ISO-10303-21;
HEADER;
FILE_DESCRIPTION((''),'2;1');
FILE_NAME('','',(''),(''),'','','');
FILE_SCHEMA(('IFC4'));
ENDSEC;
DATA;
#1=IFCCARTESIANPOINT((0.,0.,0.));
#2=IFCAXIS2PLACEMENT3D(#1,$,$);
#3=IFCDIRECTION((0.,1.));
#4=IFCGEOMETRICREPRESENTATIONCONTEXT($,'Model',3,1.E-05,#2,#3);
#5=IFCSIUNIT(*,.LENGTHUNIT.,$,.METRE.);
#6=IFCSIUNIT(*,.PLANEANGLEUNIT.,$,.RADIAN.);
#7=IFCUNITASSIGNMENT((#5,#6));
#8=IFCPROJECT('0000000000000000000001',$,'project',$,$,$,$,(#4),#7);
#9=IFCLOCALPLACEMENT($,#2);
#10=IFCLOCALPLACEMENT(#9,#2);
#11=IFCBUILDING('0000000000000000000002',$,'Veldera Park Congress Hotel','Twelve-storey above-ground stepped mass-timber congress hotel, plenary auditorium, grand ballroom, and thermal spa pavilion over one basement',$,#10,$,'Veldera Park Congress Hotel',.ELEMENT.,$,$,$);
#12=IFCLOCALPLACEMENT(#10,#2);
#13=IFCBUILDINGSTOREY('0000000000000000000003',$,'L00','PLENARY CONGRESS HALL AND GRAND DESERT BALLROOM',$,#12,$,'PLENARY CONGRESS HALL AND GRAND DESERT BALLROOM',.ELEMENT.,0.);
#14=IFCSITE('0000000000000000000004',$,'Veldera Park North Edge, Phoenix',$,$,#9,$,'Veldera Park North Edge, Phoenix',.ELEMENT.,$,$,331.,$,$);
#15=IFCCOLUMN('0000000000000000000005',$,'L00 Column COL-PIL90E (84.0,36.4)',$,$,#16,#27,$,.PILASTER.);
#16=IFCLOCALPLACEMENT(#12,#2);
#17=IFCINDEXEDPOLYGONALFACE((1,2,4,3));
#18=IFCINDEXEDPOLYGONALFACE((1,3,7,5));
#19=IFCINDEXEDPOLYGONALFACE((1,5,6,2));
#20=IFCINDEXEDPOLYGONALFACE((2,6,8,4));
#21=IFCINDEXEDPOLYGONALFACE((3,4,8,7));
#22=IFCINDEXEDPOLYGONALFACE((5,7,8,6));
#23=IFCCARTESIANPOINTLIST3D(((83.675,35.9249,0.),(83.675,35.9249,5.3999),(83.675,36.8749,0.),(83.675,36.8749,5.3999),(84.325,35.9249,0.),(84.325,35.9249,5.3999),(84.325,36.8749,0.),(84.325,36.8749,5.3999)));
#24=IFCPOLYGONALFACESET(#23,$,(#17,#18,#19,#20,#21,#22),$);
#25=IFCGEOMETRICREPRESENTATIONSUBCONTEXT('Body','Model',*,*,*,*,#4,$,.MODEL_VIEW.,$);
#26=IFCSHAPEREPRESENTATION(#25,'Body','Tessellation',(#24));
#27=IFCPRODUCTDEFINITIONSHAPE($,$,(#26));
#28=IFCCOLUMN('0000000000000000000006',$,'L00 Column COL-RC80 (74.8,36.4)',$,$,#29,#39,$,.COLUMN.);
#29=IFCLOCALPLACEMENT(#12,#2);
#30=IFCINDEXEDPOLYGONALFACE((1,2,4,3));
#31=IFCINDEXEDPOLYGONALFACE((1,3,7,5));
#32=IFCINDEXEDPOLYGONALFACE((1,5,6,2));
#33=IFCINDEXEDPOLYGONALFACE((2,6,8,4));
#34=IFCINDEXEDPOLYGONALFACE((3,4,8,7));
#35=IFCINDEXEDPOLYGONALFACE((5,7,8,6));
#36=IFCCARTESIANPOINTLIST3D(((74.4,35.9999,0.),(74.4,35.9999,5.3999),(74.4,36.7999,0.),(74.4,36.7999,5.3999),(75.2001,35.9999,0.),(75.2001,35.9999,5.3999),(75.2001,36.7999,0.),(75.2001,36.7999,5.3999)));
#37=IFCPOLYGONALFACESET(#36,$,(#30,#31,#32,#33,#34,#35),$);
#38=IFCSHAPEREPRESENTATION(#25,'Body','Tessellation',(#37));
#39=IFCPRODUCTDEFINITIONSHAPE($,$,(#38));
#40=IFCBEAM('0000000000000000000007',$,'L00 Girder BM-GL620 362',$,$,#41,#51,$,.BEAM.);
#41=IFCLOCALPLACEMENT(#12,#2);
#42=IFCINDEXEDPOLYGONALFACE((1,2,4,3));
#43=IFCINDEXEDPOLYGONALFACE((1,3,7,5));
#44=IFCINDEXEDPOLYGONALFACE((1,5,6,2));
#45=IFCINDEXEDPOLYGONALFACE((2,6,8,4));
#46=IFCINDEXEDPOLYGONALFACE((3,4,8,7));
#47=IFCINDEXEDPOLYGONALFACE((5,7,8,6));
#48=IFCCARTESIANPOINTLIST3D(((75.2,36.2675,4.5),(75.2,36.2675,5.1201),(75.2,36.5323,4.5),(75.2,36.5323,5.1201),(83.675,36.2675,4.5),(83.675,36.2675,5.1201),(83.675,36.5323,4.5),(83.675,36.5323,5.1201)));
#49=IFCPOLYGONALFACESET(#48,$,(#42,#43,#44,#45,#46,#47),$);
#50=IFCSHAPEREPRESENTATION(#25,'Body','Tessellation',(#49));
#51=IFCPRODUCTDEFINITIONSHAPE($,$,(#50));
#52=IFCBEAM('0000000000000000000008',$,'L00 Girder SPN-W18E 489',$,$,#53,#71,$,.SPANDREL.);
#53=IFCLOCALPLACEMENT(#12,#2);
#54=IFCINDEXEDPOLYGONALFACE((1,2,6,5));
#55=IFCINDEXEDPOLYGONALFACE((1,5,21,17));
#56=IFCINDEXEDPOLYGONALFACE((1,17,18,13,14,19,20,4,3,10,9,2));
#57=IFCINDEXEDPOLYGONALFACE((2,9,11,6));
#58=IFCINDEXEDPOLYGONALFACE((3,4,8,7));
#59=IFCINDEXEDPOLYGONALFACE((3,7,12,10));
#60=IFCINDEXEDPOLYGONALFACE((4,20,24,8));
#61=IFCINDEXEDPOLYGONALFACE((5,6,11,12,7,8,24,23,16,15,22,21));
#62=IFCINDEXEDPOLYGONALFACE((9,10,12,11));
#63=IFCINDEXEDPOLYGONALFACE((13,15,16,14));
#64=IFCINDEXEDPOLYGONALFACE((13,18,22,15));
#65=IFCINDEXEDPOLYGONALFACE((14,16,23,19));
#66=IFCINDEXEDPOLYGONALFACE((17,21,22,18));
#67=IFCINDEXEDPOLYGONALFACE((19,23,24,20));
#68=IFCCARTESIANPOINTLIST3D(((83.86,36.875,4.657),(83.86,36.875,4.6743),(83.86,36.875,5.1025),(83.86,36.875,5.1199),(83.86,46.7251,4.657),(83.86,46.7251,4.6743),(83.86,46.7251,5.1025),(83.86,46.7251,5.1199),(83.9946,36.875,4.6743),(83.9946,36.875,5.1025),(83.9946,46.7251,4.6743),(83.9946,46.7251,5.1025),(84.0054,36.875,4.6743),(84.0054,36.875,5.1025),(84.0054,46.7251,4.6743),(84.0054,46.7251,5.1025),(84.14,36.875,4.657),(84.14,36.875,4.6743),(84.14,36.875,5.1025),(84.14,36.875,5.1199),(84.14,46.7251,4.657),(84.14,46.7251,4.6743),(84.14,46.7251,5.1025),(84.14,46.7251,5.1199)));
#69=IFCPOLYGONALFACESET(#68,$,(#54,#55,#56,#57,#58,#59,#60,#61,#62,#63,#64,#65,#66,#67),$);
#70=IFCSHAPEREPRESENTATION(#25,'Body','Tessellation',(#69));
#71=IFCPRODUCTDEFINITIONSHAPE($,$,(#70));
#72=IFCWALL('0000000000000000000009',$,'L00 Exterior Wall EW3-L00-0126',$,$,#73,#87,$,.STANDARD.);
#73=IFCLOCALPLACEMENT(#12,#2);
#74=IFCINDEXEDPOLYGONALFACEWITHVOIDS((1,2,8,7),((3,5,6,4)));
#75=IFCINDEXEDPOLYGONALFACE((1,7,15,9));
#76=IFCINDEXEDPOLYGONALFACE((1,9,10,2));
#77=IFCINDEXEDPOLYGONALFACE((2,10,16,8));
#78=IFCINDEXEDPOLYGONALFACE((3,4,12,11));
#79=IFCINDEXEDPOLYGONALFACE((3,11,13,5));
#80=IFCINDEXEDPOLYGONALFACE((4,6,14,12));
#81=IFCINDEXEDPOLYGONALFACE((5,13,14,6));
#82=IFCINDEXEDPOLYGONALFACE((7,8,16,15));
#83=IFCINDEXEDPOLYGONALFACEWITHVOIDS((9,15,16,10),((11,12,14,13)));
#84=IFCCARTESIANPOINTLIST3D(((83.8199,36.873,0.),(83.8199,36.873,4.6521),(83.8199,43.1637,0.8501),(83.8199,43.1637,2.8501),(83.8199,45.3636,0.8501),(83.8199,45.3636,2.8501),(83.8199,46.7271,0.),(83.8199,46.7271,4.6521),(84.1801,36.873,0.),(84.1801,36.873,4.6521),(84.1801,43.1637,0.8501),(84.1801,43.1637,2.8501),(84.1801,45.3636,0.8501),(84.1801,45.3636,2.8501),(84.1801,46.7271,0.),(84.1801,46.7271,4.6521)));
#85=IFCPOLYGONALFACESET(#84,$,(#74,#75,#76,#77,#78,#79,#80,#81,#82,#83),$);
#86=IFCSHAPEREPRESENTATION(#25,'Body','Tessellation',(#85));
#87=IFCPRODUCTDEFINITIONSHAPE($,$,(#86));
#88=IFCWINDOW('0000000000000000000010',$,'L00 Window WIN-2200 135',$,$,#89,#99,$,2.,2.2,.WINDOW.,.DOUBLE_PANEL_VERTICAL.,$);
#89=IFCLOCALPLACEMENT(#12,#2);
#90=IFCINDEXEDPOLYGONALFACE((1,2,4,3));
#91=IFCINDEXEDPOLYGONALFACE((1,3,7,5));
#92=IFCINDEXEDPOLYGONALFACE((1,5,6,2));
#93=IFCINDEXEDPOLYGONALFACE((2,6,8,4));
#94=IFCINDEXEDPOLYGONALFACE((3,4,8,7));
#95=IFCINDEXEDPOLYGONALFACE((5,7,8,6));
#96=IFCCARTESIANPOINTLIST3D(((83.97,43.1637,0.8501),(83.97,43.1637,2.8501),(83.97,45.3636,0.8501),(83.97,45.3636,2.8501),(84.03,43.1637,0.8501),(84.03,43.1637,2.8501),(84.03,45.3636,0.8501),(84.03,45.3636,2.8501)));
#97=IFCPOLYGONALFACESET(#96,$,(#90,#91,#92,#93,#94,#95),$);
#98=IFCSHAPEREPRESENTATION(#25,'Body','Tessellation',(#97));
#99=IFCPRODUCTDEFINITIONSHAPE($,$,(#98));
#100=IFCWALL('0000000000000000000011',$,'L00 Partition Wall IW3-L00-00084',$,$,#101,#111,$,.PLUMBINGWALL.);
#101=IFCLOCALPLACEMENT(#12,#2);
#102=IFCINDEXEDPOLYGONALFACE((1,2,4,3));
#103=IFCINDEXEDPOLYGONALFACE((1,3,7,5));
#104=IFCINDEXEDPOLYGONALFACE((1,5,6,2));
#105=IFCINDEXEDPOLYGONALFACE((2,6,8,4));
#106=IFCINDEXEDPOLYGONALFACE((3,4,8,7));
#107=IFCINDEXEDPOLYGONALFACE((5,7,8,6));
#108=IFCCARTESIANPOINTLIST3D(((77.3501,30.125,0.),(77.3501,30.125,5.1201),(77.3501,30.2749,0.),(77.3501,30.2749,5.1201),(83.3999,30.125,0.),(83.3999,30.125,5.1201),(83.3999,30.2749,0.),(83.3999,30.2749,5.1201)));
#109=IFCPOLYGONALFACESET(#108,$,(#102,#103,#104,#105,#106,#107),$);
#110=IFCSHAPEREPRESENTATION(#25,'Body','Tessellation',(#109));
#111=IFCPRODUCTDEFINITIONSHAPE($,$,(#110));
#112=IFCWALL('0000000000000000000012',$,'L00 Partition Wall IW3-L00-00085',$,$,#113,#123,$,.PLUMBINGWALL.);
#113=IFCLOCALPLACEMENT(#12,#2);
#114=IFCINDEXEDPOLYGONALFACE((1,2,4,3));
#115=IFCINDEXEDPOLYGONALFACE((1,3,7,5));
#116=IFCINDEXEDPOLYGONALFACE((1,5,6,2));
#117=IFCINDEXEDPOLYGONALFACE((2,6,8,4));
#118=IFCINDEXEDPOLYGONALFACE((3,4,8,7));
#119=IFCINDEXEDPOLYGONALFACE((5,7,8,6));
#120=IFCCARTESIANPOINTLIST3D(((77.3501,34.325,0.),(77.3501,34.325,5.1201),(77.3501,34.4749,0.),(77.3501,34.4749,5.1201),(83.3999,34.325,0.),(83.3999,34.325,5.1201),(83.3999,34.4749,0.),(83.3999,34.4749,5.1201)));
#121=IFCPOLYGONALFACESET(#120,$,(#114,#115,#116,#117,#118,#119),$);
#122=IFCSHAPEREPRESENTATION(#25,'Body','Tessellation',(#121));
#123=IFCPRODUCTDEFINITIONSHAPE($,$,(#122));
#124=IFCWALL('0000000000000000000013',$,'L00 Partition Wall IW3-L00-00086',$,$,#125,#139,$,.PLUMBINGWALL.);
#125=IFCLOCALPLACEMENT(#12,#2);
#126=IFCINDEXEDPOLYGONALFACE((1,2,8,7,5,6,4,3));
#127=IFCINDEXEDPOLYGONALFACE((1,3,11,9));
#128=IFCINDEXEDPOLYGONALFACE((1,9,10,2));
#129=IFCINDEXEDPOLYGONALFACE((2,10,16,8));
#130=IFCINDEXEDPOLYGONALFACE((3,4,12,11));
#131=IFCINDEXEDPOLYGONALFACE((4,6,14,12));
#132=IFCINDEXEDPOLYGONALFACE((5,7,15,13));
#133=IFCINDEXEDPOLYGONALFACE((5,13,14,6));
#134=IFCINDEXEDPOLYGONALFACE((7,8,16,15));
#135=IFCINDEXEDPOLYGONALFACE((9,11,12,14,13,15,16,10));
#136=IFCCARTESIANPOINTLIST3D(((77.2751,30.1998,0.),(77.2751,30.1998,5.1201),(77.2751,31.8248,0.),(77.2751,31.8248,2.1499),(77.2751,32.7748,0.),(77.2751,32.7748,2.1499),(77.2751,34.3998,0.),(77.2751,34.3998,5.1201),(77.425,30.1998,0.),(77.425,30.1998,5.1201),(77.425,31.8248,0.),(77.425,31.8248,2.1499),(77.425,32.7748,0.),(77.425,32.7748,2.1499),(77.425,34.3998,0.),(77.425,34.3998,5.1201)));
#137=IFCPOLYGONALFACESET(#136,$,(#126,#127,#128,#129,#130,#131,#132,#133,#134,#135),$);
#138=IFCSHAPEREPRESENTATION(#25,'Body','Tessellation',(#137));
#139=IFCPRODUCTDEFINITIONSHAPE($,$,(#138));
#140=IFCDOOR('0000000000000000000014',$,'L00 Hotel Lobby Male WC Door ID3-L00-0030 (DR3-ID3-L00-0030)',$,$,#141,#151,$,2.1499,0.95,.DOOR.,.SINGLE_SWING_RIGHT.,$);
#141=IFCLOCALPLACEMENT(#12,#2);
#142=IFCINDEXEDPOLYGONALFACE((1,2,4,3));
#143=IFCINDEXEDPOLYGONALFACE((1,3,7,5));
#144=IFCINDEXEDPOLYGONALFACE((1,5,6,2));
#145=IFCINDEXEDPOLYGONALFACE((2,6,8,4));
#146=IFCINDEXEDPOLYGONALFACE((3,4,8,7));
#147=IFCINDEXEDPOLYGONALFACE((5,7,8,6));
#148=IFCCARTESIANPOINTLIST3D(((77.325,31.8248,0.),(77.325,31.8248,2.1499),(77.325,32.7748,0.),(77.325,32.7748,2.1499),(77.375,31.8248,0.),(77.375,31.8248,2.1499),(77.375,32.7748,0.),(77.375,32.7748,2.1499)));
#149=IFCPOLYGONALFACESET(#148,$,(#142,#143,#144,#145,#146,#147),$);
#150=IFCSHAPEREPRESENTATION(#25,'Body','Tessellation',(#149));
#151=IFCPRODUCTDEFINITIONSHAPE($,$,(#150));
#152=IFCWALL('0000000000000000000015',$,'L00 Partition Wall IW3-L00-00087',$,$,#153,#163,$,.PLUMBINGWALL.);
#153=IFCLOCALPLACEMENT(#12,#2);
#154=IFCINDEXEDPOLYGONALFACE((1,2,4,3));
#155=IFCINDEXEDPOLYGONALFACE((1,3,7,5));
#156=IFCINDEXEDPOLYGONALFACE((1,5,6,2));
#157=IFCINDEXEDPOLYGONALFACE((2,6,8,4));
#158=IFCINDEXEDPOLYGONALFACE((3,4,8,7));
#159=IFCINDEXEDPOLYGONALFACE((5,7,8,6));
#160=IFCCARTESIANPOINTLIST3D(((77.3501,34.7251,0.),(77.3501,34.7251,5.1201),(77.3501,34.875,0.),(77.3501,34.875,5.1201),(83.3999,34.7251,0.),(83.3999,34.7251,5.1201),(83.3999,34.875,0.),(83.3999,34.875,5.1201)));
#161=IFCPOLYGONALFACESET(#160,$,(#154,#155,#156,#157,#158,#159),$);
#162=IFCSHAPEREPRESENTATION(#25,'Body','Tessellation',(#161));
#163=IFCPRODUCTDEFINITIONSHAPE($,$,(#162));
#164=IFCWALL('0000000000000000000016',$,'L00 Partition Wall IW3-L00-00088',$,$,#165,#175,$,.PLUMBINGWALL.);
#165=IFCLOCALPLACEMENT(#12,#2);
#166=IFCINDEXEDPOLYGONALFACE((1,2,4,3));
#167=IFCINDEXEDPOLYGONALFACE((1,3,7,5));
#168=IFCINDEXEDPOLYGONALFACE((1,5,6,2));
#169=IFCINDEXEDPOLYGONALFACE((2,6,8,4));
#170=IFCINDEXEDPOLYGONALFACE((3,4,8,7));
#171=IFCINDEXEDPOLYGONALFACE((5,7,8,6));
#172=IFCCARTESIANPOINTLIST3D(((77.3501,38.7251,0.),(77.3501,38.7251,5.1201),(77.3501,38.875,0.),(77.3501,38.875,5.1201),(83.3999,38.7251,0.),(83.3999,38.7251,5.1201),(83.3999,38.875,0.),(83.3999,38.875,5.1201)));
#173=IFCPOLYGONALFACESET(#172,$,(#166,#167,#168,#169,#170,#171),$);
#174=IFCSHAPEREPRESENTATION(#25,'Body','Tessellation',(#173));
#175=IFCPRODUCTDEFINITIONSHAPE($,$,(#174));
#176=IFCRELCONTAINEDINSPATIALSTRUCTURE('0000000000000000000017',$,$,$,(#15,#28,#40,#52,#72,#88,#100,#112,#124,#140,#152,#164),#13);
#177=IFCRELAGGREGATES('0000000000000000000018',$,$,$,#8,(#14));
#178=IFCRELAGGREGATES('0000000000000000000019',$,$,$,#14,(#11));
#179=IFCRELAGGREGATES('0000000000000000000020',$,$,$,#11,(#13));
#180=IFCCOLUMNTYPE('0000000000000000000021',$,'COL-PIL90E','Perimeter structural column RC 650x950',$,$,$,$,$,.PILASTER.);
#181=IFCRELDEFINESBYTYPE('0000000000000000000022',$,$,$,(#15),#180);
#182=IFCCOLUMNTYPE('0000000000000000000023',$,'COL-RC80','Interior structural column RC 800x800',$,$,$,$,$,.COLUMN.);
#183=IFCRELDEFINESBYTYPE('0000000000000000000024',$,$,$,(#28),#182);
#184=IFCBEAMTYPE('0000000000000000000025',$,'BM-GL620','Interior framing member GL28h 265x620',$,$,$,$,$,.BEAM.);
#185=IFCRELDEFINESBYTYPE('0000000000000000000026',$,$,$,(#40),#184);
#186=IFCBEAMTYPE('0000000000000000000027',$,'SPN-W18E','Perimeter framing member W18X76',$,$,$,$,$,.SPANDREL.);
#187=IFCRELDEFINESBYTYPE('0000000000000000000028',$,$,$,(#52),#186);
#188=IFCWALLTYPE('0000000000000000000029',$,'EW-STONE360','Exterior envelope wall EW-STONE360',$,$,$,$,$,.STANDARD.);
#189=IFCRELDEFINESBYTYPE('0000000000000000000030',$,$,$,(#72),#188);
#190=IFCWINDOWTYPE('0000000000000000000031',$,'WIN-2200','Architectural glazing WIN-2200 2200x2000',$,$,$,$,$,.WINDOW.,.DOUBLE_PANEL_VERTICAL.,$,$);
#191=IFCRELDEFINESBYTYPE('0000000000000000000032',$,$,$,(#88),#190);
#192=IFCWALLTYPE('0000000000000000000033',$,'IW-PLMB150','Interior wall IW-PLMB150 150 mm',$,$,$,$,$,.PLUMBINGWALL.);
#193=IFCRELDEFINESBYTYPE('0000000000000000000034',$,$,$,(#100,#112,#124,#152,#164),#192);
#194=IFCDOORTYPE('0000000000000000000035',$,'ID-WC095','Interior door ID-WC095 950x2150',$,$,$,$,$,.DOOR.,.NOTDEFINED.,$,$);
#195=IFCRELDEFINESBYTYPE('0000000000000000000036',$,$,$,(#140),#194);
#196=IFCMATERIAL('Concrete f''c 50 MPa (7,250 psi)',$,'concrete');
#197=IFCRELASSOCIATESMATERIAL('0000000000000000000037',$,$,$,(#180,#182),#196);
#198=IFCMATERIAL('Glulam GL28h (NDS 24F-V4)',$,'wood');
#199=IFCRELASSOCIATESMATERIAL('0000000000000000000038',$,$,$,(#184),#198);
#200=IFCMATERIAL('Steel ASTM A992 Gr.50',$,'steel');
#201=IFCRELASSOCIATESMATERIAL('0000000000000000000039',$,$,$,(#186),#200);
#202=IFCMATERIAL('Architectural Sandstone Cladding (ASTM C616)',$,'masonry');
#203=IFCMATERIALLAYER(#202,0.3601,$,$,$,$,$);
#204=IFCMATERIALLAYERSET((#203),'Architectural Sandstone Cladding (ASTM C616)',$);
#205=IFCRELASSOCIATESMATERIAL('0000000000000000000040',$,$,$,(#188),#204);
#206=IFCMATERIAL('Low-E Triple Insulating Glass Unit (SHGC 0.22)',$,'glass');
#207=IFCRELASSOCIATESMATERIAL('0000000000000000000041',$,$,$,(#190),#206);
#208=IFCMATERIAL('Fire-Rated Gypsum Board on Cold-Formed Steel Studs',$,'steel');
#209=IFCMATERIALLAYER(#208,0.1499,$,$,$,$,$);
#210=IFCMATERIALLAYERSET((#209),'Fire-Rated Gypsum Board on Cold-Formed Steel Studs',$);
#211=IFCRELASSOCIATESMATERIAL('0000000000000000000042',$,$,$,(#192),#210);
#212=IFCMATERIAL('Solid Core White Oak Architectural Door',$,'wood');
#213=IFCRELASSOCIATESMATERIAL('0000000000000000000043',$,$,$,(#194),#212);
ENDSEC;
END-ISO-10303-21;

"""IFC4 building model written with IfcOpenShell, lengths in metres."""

from ifc_helpers import new_model, si_unit, direction, frame, frame_2d, origin, origin_2d, place, context, subcontext, project, spatial, rectangle, i_section, extrude, material, layer, layer_set, material_profile, profile_set, type_object, element, fill, save


model = new_model("IFC4")

# Units and contexts
model_context = context("Model", 3, precision=1e-05, world=origin(), true_north=direction((0.0, 1.0)))
body_context = subcontext(model_context, "Body", "Model", "MODEL_VIEW")
ifc_project = project(units=[si_unit("LENGTHUNIT", "METRE"), si_unit("PLANEANGLEUNIT", "RADIAN")], contexts=[model_context])

# Site, building, storey
site_placement = place(None, origin())
site = spatial("IfcSite", under=ifc_project, at=site_placement, Name="Veldera Park North Edge, Phoenix", LongName="Veldera Park North Edge, Phoenix", CompositionType="ELEMENT", RefElevation=331.0)
building_placement = place(site_placement, origin())
building = spatial("IfcBuilding", under=site, at=building_placement, Name="Veldera Park Congress Hotel", Description="Twelve-storey above-ground stepped mass-timber congress hotel, plenary auditorium, grand ballroom, and thermal spa pavilion over one basement", LongName="Veldera Park Congress Hotel", CompositionType="ELEMENT")
storey_placement = place(building_placement, origin())
storey = spatial("IfcBuildingStorey", under=building, at=storey_placement, Name="L00", Description="PLENARY CONGRESS HALL AND GRAND DESERT BALLROOM", LongName="PLENARY CONGRESS HALL AND GRAND DESERT BALLROOM", CompositionType="ELEMENT", Elevation=0.0)

# Columns
ifc_material_1 = material(Name="Concrete f'c 50 MPa (7,250 psi)", Category="concrete")
ifc_material_profile_1 = material_profile(ifc_material_1, rectangle(XDim=0.6499, YDim=0.95, at=origin_2d()), Name="RC 650x950")
ifc_profile_set_1 = profile_set([ifc_material_profile_1], Name="Concrete f'c 50 MPa (7,250 psi)")
column_type_1 = type_object("IfcColumnType", Name="COL-PIL90E", Description="Perimeter structural column RC 650x950", PredefinedType="PILASTER", material=ifc_profile_set_1)
column_1_placement = place(storey_placement, frame((84.0, 36.3999, 0.0), z_axis=(0.0, 0.0, 1.0), x_axis=(1.0, 0.0, 0.0)))
element("IfcColumn", 1, at=column_1_placement, inside=storey, type_object=column_type_1, Name="L00 Column COL-PIL90E (84.0,36.4)", PredefinedType="PILASTER", context=body_context, shape_type="SweptSolid", body=[
    extrude(rectangle(XDim=0.6499, YDim=0.95, at=origin_2d()), origin(), (0.0, 0.0, 1.0), 5.3999),
])
ifc_material_profile_2 = material_profile(ifc_material_1, rectangle(XDim=0.8, YDim=0.8, at=origin_2d()), Name="RC 800x800")
ifc_profile_set_2 = profile_set([ifc_material_profile_2], Name="Concrete f'c 50 MPa (7,250 psi)")
column_type_2 = type_object("IfcColumnType", Name="COL-RC80", Description="Interior structural column RC 800x800", PredefinedType="COLUMN", material=ifc_profile_set_2)
column_2_placement = place(storey_placement, frame((74.8, 36.3999, 0.0), z_axis=(0.0, 0.0, 1.0), x_axis=(1.0, 0.0, 0.0)))
element("IfcColumn", 2, at=column_2_placement, inside=storey, type_object=column_type_2, Name="L00 Column COL-RC80 (74.8,36.4)", PredefinedType="COLUMN", context=body_context, shape_type="SweptSolid", body=[
    extrude(rectangle(XDim=0.8, YDim=0.8, at=origin_2d()), origin(), (0.0, 0.0, 1.0), 5.3999),
])

# Beams
ifc_material_2 = material(Name="Glulam GL28h (NDS 24F-V4)", Category="wood")
ifc_material_profile_3 = material_profile(ifc_material_2, rectangle(XDim=0.2649, YDim=0.6201, at=origin_2d()), Name="GL28h 265x620")
ifc_profile_set_3 = profile_set([ifc_material_profile_3], Name="Glulam GL28h (NDS 24F-V4)")
beam_type_1 = type_object("IfcBeamType", Name="BM-GL620", Description="Interior framing member GL28h 265x620", PredefinedType="BEAM", material=ifc_profile_set_3)
beam_1_placement = place(storey_placement, frame((75.2, 36.3999, 4.8101), z_axis=(1.0, 0.0, 0.0), x_axis=(0.0, 1.0, 0.0)))
element("IfcBeam", 3, at=beam_1_placement, inside=storey, type_object=beam_type_1, Name="L00 Girder BM-GL620 362", PredefinedType="BEAM", context=body_context, shape_type="SweptSolid", body=[
    extrude(rectangle(XDim=0.2649, YDim=0.6201, at=origin_2d()), origin(), (0.0, 0.0, 1.0), 8.4751),
])
ifc_material_3 = material(Name="Steel ASTM A992 Gr.50", Category="steel")
ifc_material_profile_4 = material_profile(ifc_material_3, i_section(OverallWidth=0.28, OverallDepth=0.4629, WebThickness=0.0107, FlangeThickness=0.0173, at=origin_2d()), Name="W18X76")
ifc_profile_set_4 = profile_set([ifc_material_profile_4], Name="Steel ASTM A992 Gr.50")
beam_type_2 = type_object("IfcBeamType", Name="SPN-W18E", Description="Perimeter framing member W18X76", PredefinedType="SPANDREL", material=ifc_profile_set_4)
beam_2_placement = place(storey_placement, frame((84.0, 36.875, 4.8884), z_axis=(0.0, 1.0, 0.0), x_axis=(-1.0, 0.0, 0.0)))
element("IfcBeam", 4, at=beam_2_placement, inside=storey, type_object=beam_type_2, Name="L00 Girder SPN-W18E 489", PredefinedType="SPANDREL", context=body_context, shape_type="SweptSolid", body=[
    extrude(i_section(OverallWidth=0.28, OverallDepth=0.4629, WebThickness=0.0107, FlangeThickness=0.0173, at=origin_2d()), origin(), (0.0, 0.0, 1.0), 9.8501),
])

# Wall, opening, window
ifc_material_4 = material(Name="Architectural Sandstone Cladding (ASTM C616)", Category="masonry")
ifc_layer_1 = layer(ifc_material_4, 0.3601)
ifc_layer_set_1 = layer_set([ifc_layer_1], Name="Architectural Sandstone Cladding (ASTM C616)")
wall_type_1 = type_object("IfcWallType", Name="EW-STONE360", Description="Exterior envelope wall EW-STONE360", PredefinedType="STANDARD", material=ifc_layer_set_1)
wall_1_placement = place(storey_placement, frame((84.0, 36.873, 0.0), z_axis=(0.0, 0.0, 1.0), x_axis=(0.0, 1.0, 0.0)))
wall_1 = element("IfcWall", 5, at=wall_1_placement, inside=storey, type_object=wall_type_1, Name="L00 Exterior Wall EW3-L00-0126", PredefinedType="STANDARD", context=body_context, shape_type="SweptSolid", body=[
    extrude(rectangle(XDim=9.854, YDim=0.3601, at=frame_2d((4.927, 0.0))), origin(), (0.0, 0.0, 1.0), 4.6521),
])
opening_1_placement = place(wall_1_placement, frame((6.2905, 0.0, 0.8501)))
opening_1 = element("IfcOpeningElement", 6, at=opening_1_placement, cuts=wall_1, PredefinedType="OPENING", context=body_context, shape_type="SweptSolid", body=[
    extrude(rectangle(XDim=2.2, YDim=2.0, at=frame_2d((1.1001, 1.0))), frame((0.0, 0.1921, 0.0), z_axis=(0.0, -1.0, 0.0), x_axis=(1.0, 0.0, 0.0)), (0.0, 0.0, 1.0), 0.384),
])
ifc_material_5 = material(Name="Low-E Triple Insulating Glass Unit (SHGC 0.22)", Category="glass")
window_type = type_object("IfcWindowType", Name="WIN-2200", Description="Architectural glazing WIN-2200 2200x2000", PartitioningType="DOUBLE_PANEL_VERTICAL", PredefinedType="WINDOW", material=ifc_material_5)
window_placement = place(opening_1_placement, origin())
window = element("IfcWindow", 7, at=window_placement, inside=storey, type_object=window_type, Name="L00 Window WIN-2200 135", OverallHeight=2.0, OverallWidth=2.2, PartitioningType="DOUBLE_PANEL_VERTICAL", PredefinedType="WINDOW", context=body_context, shape_type="SweptSolid", body=[
    extrude(rectangle(XDim=2.2, YDim=2.0, at=frame_2d((1.1001, 1.0))), frame((0.0, 0.03, 0.0), z_axis=(0.0, -1.0, 0.0), x_axis=(1.0, 0.0, 0.0)), (0.0, 0.0, 1.0), 0.0601),
])
fill(opening_1, window)

# Walls
ifc_material_6 = material(Name="Fire-Rated Gypsum Board on Cold-Formed Steel Studs", Category="steel")
ifc_layer_2 = layer(ifc_material_6, 0.1499)
ifc_layer_set_2 = layer_set([ifc_layer_2], Name="Fire-Rated Gypsum Board on Cold-Formed Steel Studs")
wall_type_2 = type_object("IfcWallType", Name="IW-PLMB150", Description="Interior wall IW-PLMB150 150 mm", PredefinedType="PLUMBINGWALL", material=ifc_layer_set_2)
for number, where, z_axis, x_axis, name in (
    (8, (77.3501, 30.2, 0.0), (0.0, 0.0, 1.0), (1.0, 0.0, 0.0), "L00 Partition Wall IW3-L00-00084"),
    (9, (83.3999, 34.3999, 0.0), (0.0, 0.0, 1.0), (-1.0, 0.0, 0.0), "L00 Partition Wall IW3-L00-00085"),
):
    element("IfcWall", number, at=place(storey_placement, frame(where, z_axis=z_axis, x_axis=x_axis)), inside=storey, type_object=wall_type_2, Name=name, PredefinedType="PLUMBINGWALL", context=body_context, shape_type="SweptSolid", body=[
        extrude(rectangle(XDim=6.0498, YDim=0.1499, at=frame_2d((3.0249, 0.0))), origin(), (0.0, 0.0, 1.0), 5.1201),
    ])

# Wall, opening, door
wall_2_placement = place(storey_placement, frame((77.3501, 34.3999, 0.0), z_axis=(0.0, 0.0, 1.0), x_axis=(0.0, -1.0, 0.0)))
wall_2 = element("IfcWall", 10, at=wall_2_placement, inside=storey, type_object=wall_type_2, Name="L00 Partition Wall IW3-L00-00086", PredefinedType="PLUMBINGWALL", context=body_context, shape_type="SweptSolid", body=[
    extrude(rectangle(XDim=4.2, YDim=0.1499, at=frame_2d((2.1001, 0.0))), origin(), (0.0, 0.0, 1.0), 5.1201),
])
opening_2_placement = place(wall_2_placement, frame((1.625, 0.0, 0.0)))
opening_2 = element("IfcOpeningElement", 11, at=opening_2_placement, cuts=wall_2, PredefinedType="OPENING", context=body_context, shape_type="SweptSolid", body=[
    extrude(rectangle(XDim=0.95, YDim=2.1499, at=frame_2d((0.4751, 1.075))), frame((0.0, 0.0869, 0.0), z_axis=(0.0, -1.0, 0.0), x_axis=(1.0, 0.0, 0.0)), (0.0, 0.0, 1.0), 0.1738),
])
ifc_material_7 = material(Name="Solid Core White Oak Architectural Door", Category="wood")
door_type = type_object("IfcDoorType", Name="ID-WC095", Description="Interior door ID-WC095 950x2150", OperationType="NOTDEFINED", PredefinedType="DOOR", material=ifc_material_7)
door_1_placement = place(opening_2_placement, origin())
door_1 = element("IfcDoor", 12, at=door_1_placement, inside=storey, type_object=door_type, Name="L00 Hotel Lobby Male WC Door ID3-L00-0030 (DR3-ID3-L00-0030)", OperationType="SINGLE_SWING_RIGHT", OverallHeight=2.1499, OverallWidth=0.95, PredefinedType="DOOR", context=body_context, shape_type="SweptSolid", body=[
    extrude(rectangle(XDim=0.95, YDim=2.1499, at=frame_2d((0.4751, 1.075))), frame((0.0, 0.0249, 0.0), z_axis=(0.0, -1.0, 0.0), x_axis=(1.0, 0.0, 0.0)), (0.0, 0.0, 1.0), 0.05),
])
fill(opening_2, door_1)

# Walls
for number, where, z_axis, x_axis, name in (
    (13, (77.3501, 34.8, 0.0), (0.0, 0.0, 1.0), (1.0, 0.0, 0.0), "L00 Partition Wall IW3-L00-00087"),
    (14, (83.3999, 38.8, 0.0), (0.0, 0.0, 1.0), (-1.0, 0.0, 0.0), "L00 Partition Wall IW3-L00-00088"),
):
    element("IfcWall", number, at=place(storey_placement, frame(where, z_axis=z_axis, x_axis=x_axis)), inside=storey, type_object=wall_type_2, Name=name, PredefinedType="PLUMBINGWALL", context=body_context, shape_type="SweptSolid", body=[
        extrude(rectangle(XDim=6.0498, YDim=0.1499, at=frame_2d((3.0249, 0.0))), origin(), (0.0, 0.0, 1.0), 5.1201),
    ])

save(model, "model.ifc")
